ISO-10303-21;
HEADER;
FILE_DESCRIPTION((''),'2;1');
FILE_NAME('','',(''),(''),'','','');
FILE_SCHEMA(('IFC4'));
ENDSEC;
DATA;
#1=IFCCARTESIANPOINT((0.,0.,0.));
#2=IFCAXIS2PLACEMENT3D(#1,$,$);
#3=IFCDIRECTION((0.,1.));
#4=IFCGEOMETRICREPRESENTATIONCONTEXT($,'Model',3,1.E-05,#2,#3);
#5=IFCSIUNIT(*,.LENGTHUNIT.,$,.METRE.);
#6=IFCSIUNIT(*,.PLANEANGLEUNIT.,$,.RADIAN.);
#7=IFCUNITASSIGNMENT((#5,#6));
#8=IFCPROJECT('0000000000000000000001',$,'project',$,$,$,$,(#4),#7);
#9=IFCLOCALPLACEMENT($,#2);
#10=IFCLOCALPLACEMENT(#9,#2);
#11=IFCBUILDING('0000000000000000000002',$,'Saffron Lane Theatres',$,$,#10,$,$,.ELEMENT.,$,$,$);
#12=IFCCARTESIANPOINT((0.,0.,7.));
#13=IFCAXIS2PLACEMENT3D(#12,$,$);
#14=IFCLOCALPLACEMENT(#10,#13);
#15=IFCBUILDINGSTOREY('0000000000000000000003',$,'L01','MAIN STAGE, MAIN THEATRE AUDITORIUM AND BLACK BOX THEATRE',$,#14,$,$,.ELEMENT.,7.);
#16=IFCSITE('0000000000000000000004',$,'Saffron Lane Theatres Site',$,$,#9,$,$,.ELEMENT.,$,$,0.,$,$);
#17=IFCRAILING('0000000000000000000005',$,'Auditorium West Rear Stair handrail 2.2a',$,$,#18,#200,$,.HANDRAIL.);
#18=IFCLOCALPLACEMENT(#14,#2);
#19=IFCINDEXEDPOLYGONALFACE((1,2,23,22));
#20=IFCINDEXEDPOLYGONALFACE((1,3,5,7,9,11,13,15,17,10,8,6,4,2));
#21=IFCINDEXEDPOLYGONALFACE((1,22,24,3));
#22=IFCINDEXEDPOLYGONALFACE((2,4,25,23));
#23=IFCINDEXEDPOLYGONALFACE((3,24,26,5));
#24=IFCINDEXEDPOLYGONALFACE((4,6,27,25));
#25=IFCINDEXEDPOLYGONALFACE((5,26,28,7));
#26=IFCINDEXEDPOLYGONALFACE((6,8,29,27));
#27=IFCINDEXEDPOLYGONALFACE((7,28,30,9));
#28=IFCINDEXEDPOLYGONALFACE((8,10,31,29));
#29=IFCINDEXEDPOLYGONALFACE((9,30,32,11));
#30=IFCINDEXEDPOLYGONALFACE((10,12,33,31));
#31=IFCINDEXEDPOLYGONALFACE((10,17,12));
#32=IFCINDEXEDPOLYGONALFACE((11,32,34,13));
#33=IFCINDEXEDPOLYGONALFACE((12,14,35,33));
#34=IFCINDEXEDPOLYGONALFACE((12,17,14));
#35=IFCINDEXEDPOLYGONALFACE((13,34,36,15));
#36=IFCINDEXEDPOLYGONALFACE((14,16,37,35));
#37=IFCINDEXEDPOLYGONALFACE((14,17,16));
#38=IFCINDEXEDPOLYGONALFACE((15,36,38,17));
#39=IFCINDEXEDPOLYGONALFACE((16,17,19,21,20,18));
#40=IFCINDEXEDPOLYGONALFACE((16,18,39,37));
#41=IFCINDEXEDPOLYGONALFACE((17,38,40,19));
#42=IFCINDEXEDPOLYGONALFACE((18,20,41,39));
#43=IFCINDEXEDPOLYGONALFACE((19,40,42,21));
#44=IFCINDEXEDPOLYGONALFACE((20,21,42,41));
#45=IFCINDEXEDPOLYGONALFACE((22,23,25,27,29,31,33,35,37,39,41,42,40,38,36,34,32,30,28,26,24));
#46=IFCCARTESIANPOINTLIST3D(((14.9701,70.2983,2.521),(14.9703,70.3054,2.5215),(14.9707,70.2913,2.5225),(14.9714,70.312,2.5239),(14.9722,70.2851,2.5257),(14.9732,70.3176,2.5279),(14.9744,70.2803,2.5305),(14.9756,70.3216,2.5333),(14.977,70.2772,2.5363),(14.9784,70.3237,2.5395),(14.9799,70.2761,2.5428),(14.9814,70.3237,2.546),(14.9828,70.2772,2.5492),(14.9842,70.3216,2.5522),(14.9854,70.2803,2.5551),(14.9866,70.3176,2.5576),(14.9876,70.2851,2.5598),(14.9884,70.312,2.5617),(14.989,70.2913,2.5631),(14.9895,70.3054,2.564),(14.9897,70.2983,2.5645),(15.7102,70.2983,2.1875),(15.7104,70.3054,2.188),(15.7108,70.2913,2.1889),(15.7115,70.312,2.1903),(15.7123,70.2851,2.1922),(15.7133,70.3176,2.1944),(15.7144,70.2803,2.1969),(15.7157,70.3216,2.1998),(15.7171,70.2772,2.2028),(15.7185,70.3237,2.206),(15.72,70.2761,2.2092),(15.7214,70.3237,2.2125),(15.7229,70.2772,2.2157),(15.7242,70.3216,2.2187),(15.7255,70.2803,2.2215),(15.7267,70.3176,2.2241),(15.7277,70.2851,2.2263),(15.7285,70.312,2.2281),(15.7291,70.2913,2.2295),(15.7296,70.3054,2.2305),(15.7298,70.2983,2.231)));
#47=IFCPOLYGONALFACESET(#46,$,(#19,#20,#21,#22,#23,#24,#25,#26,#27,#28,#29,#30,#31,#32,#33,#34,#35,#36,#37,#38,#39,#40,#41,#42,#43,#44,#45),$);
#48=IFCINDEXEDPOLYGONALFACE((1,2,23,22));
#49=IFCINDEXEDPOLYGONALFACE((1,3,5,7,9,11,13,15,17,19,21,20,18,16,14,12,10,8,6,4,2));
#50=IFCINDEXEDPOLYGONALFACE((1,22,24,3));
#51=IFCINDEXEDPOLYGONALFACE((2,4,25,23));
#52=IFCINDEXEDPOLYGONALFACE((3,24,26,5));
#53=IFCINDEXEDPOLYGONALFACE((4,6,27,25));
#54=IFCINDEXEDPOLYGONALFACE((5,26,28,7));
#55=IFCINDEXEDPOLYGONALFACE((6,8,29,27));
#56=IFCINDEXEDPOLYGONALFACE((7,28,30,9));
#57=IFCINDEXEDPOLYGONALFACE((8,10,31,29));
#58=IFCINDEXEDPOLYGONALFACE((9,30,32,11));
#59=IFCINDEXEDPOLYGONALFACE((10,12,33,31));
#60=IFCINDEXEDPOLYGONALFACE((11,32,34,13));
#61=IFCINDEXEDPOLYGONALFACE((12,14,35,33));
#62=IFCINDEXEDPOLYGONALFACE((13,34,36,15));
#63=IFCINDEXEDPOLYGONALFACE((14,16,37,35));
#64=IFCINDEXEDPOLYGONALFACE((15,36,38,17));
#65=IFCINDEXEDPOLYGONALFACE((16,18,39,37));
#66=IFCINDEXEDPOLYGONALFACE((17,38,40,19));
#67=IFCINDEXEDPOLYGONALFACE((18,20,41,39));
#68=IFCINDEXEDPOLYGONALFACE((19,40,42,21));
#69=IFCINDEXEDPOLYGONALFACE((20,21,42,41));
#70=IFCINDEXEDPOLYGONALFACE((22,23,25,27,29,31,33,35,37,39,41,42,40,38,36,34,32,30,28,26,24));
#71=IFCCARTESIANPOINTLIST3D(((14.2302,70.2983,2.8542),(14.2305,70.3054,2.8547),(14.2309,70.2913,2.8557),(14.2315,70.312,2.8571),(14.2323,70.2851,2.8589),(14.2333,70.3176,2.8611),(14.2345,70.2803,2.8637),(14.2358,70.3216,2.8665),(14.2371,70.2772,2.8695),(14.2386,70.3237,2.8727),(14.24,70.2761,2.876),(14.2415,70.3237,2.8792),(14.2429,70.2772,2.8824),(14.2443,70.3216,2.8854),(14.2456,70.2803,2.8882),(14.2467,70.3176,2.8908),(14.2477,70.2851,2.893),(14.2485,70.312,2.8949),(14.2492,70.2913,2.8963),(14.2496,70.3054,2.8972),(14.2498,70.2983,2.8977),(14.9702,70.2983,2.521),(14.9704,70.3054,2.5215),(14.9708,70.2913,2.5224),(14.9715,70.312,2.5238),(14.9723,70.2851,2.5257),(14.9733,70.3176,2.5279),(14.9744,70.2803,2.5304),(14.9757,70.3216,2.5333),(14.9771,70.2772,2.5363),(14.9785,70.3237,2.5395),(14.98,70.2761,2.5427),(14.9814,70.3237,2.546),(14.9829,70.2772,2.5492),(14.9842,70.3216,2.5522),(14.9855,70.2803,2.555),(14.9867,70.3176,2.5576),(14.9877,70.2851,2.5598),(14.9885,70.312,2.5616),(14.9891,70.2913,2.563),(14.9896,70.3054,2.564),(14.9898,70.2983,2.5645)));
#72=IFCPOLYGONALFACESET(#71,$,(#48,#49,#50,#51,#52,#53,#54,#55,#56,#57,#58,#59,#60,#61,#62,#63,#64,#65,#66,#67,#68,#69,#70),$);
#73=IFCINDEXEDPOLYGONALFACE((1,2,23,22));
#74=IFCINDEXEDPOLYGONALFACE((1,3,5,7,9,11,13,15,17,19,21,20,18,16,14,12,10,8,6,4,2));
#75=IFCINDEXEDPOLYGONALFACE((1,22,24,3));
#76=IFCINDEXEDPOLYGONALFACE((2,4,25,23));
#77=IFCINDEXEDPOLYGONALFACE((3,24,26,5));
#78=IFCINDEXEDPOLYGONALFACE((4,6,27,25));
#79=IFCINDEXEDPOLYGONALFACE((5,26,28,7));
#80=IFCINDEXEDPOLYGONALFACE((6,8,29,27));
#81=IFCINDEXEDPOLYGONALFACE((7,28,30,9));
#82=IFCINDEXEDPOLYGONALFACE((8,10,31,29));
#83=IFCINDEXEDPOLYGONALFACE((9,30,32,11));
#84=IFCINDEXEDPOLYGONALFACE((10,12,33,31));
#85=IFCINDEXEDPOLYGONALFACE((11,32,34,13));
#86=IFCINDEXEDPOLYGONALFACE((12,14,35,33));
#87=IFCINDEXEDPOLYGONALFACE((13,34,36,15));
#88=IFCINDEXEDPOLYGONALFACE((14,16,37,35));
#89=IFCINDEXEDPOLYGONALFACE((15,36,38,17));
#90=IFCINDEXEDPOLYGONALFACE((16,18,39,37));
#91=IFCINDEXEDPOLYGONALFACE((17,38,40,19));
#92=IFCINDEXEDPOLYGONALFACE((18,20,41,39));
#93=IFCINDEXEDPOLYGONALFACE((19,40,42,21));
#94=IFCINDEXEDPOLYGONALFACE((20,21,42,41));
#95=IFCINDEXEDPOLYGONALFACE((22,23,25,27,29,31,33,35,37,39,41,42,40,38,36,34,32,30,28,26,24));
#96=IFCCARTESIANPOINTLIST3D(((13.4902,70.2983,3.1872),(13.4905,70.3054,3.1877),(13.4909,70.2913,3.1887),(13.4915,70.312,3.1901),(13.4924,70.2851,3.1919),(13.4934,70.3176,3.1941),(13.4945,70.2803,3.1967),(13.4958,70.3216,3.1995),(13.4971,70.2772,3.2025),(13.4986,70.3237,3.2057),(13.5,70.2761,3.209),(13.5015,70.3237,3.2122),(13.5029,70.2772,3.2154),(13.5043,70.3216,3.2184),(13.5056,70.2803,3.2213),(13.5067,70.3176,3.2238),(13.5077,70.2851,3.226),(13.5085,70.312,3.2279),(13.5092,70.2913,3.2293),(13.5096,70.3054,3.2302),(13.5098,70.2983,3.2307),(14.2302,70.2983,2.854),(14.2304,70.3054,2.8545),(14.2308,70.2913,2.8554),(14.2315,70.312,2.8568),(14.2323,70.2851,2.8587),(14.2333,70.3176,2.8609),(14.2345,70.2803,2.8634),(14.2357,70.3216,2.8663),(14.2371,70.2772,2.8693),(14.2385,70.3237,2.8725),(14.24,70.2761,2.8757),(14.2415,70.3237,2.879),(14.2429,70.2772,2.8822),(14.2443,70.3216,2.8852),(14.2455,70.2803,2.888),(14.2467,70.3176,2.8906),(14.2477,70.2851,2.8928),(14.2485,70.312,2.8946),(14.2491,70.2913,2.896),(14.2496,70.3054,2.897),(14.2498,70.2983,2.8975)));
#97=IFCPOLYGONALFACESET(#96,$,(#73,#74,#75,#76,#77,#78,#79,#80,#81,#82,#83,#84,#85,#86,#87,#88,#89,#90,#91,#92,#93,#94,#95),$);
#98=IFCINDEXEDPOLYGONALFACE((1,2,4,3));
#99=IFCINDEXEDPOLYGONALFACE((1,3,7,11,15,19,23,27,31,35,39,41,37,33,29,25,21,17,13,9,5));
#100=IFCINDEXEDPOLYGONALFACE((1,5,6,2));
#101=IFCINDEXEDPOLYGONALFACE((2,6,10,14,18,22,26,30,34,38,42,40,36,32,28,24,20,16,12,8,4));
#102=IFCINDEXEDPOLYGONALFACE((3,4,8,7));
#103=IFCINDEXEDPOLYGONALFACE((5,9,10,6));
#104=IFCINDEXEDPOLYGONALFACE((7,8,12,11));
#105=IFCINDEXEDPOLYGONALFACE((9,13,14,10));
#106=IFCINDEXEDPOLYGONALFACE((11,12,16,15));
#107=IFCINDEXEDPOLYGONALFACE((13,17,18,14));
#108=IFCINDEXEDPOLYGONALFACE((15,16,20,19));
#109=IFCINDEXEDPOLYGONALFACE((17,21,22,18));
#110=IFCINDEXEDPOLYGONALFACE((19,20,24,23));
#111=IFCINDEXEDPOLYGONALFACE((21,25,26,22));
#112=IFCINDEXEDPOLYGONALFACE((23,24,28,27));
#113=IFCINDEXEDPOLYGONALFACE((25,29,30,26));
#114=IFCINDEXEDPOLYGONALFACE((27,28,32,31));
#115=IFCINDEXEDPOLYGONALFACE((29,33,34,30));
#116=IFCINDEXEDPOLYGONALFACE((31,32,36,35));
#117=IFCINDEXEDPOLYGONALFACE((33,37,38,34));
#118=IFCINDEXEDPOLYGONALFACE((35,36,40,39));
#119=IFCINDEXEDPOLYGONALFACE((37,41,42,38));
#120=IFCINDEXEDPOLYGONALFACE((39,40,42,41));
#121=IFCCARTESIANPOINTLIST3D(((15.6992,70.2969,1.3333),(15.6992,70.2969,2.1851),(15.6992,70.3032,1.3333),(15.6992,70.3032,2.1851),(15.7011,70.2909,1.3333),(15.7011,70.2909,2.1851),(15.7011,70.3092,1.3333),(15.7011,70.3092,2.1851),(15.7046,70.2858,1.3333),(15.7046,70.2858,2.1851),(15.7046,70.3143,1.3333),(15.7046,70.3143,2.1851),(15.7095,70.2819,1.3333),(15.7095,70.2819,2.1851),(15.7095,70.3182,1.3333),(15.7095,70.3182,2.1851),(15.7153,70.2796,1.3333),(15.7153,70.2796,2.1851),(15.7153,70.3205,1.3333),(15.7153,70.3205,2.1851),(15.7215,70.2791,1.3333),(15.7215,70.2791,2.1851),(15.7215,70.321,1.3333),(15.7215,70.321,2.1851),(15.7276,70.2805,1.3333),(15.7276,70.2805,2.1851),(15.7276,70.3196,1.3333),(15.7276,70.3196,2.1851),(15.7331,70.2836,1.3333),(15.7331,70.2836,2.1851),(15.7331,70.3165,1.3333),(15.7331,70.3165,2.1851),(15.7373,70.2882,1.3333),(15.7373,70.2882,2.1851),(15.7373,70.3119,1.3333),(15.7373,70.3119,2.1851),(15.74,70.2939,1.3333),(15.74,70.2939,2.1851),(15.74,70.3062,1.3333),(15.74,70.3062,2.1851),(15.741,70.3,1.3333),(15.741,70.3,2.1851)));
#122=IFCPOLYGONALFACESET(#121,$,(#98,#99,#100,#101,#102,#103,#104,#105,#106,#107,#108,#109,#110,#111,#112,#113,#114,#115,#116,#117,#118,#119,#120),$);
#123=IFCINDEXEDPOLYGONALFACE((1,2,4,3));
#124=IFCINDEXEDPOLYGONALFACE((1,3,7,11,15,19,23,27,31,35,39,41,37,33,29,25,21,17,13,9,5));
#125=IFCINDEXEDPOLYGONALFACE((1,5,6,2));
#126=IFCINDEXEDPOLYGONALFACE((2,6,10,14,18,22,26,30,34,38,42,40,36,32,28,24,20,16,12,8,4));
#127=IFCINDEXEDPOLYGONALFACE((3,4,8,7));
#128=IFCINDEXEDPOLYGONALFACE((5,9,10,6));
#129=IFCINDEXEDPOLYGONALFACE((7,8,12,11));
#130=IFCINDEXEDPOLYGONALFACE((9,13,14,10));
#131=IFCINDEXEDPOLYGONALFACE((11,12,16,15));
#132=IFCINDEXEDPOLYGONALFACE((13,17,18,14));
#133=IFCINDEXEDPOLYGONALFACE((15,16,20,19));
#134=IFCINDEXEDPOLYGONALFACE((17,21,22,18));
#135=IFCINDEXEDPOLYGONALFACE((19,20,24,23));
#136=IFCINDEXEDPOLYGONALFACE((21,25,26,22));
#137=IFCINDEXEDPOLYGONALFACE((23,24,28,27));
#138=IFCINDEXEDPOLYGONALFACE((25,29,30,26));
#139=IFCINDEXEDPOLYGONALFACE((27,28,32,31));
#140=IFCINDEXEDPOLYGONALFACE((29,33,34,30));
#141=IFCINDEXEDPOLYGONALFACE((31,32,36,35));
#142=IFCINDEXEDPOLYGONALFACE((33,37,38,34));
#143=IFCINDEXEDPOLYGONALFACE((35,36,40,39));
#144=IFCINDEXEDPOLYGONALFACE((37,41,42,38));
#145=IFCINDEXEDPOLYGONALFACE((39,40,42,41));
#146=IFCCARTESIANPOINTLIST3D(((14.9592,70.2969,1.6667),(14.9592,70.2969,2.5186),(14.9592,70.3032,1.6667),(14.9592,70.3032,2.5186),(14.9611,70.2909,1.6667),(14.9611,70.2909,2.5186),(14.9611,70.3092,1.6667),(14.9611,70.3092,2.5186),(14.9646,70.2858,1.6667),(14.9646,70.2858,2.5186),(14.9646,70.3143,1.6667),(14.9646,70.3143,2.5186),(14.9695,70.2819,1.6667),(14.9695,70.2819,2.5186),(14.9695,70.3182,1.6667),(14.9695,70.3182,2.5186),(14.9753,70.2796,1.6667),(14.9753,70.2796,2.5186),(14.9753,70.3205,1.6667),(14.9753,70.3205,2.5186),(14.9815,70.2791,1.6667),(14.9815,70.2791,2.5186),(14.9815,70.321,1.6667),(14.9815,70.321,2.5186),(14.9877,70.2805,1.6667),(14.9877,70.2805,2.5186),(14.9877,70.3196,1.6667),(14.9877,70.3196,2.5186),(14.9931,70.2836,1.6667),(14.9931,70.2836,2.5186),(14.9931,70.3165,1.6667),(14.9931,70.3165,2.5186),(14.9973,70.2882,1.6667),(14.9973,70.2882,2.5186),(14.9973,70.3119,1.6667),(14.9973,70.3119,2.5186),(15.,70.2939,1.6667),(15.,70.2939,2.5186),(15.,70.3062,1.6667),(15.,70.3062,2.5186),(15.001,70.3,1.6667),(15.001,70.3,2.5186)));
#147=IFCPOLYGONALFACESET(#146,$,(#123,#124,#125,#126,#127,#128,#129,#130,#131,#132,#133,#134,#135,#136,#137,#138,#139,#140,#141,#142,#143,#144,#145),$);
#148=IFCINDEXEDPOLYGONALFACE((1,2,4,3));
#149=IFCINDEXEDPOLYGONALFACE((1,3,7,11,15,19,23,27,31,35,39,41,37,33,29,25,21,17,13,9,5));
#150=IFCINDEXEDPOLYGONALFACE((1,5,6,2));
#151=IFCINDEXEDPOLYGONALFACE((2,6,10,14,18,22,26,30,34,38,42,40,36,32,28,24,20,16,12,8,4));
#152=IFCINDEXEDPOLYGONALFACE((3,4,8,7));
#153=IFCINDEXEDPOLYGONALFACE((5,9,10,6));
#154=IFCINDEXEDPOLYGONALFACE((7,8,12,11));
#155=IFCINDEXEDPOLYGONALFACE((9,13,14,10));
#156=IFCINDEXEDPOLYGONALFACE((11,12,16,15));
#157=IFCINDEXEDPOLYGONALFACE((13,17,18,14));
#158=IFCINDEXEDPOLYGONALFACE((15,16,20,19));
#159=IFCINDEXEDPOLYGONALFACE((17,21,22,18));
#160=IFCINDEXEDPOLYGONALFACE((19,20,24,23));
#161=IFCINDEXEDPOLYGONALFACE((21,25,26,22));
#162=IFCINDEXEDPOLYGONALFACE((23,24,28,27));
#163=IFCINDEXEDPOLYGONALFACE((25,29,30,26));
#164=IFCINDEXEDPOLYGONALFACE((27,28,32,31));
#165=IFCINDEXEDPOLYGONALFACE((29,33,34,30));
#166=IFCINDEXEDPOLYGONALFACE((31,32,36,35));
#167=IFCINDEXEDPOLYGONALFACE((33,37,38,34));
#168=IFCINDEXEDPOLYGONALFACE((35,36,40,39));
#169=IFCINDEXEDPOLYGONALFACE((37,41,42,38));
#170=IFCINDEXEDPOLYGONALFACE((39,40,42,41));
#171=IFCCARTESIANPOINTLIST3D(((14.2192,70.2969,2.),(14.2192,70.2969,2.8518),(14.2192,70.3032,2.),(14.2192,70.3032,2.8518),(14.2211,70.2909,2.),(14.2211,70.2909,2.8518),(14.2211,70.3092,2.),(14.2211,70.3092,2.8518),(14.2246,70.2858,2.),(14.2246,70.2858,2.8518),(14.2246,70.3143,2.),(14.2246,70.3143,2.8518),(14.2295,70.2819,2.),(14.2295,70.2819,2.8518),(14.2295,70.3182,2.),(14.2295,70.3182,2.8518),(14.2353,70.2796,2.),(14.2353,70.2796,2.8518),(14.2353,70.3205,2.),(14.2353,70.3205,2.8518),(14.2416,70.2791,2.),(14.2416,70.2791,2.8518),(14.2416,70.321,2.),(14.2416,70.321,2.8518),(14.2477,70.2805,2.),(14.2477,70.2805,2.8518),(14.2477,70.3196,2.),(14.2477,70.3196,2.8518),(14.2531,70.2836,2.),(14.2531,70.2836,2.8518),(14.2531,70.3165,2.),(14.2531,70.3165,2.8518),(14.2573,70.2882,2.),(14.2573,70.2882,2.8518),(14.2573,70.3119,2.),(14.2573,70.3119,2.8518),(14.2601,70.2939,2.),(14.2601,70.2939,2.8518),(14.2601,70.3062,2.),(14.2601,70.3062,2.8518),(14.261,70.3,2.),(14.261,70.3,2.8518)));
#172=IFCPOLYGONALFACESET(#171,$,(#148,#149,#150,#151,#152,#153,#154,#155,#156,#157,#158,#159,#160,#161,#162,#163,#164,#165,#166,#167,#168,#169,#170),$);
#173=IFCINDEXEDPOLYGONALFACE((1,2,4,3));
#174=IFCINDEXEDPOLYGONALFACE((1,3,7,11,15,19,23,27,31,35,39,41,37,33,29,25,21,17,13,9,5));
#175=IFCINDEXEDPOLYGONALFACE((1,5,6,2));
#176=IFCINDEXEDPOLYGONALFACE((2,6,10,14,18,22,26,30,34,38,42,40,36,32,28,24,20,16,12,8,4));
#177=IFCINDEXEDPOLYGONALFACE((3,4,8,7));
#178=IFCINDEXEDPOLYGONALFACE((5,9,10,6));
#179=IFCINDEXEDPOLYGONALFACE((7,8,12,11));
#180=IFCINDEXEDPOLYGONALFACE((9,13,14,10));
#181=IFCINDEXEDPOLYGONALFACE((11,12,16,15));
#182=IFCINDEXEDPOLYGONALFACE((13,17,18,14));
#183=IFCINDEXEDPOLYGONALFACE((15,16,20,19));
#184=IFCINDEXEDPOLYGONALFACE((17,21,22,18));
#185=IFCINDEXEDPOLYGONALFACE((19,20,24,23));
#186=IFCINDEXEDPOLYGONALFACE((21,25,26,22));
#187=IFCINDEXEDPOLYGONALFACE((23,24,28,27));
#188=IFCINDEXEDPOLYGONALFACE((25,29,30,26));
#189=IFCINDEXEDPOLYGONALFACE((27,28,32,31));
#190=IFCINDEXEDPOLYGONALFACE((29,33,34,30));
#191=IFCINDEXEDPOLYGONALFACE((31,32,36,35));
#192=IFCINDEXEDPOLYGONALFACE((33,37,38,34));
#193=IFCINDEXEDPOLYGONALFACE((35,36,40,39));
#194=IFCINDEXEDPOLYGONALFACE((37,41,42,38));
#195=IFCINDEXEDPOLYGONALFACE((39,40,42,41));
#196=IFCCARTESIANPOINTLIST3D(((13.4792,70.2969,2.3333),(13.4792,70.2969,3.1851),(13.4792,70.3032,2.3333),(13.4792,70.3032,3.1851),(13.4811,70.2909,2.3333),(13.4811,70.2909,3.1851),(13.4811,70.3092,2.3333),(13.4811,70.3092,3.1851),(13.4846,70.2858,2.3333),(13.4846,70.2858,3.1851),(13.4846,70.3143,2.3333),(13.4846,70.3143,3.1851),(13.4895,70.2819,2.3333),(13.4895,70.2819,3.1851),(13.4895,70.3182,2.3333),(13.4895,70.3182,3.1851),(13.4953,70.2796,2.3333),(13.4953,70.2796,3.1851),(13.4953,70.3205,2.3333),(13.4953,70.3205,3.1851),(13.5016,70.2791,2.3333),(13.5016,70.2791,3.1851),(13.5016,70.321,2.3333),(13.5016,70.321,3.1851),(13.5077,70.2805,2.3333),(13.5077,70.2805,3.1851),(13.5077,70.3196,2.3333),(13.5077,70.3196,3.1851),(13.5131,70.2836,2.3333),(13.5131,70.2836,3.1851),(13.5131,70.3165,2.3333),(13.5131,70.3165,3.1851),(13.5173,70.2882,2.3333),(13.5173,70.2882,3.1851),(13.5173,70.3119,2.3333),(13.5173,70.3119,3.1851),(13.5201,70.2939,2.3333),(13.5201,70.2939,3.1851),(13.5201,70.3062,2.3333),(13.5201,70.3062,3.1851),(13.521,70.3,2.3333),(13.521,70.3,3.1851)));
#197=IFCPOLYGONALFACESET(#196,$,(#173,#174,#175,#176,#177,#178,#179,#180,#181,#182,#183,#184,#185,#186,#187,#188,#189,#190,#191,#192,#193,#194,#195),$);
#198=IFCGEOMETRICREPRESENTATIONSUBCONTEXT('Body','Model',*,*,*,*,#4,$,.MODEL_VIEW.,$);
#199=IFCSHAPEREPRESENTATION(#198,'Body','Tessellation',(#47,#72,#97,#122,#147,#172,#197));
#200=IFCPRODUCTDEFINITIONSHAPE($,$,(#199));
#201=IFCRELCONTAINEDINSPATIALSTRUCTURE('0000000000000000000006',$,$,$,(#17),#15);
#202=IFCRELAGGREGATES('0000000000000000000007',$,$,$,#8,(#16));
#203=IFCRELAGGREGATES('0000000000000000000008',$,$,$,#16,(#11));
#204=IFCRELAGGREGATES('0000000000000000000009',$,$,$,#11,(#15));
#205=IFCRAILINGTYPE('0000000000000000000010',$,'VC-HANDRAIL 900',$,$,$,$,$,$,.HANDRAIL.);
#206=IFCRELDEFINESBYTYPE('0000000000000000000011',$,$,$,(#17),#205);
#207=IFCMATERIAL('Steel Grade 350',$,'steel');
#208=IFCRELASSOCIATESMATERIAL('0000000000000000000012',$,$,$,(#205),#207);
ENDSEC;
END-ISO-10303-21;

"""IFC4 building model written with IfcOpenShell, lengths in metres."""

from ifc_helpers import new_model, si_unit, direction, frame, origin, origin_2d, place, context, subcontext, project, spatial, circle, extrude, material, type_object, element, save


model = new_model("IFC4")

# Units and contexts
model_context = context("Model", 3, precision=1e-05, world=origin(), true_north=direction((0.0, 1.0)))
body_context = subcontext(model_context, "Body", "Model", "MODEL_VIEW")
ifc_project = project(units=[si_unit("LENGTHUNIT", "METRE"), si_unit("PLANEANGLEUNIT", "RADIAN")], contexts=[model_context])

# Site, building, storey
site_placement = place(None, origin())
site = spatial("IfcSite", under=ifc_project, at=site_placement, Name="Saffron Lane Theatres Site", CompositionType="ELEMENT", RefElevation=0.0)
building_placement = place(site_placement, origin())
building = spatial("IfcBuilding", under=site, at=building_placement, Name="Saffron Lane Theatres", CompositionType="ELEMENT")
storey_placement = place(building_placement, frame((0.0, 0.0, 7.0)))
storey = spatial("IfcBuildingStorey", under=building, at=storey_placement, Name="L01", Description="MAIN STAGE, MAIN THEATRE AUDITORIUM AND BLACK BOX THEATRE", CompositionType="ELEMENT", Elevation=7.0)

# Railing
ifc_material_1 = material(Name="Steel Grade 350", Category="steel")
railing_type_1 = type_object("IfcRailingType", Name="VC-HANDRAIL 900", PredefinedType="HANDRAIL", material=ifc_material_1)
for number, where, name in (
    (1, (15.72, 70.3, 1.3333), "Auditorium West Rear Stair handrail 2.2a"),
):
    element("IfcRailing", number, at=place(storey_placement, frame(where)), inside=storey, type_object=railing_type_1, Name=name, PredefinedType="HANDRAIL", context=body_context, shape_type="SweptSolid", body=[
        extrude(circle(Radius=0.0239, at=origin_2d()), frame((0.0, 0.0, 0.876), z_axis=(-0.911691, 0.0, 0.410877), x_axis=(0.0, -1.0, 0.0)), (0.0, 0.0, 1.0), 0.8118),
        extrude(circle(Radius=0.0239, at=origin_2d()), frame((-0.74, 0.0, 1.2095), z_axis=(-0.911803, 0.0, 0.410627), x_axis=(0.0, -1.0, 0.0)), (0.0, 0.0, 1.0), 0.8115),
        extrude(circle(Radius=0.0239, at=origin_2d()), frame((-1.48, 0.0, 1.5425), z_axis=(-0.911803, 0.0, 0.410627), x_axis=(0.0, -1.0, 0.0)), (0.0, 0.0, 1.0), 0.8115),
        extrude(circle(Radius=0.021, at=origin_2d()), origin(), (0.0, 0.0, 1.0), 0.8518),
        extrude(circle(Radius=0.021, at=origin_2d()), frame((-0.74, 0.0, 0.3335)), (0.0, 0.0, 1.0), 0.8518),
        extrude(circle(Radius=0.021, at=origin_2d()), frame((-1.48, 0.0, 0.6667)), (0.0, 0.0, 1.0), 0.8518),
        extrude(circle(Radius=0.021, at=origin_2d()), frame((-2.22, 0.0, 1.0)), (0.0, 0.0, 1.0), 0.8518),
    ])

save(model, "model.ifc")
